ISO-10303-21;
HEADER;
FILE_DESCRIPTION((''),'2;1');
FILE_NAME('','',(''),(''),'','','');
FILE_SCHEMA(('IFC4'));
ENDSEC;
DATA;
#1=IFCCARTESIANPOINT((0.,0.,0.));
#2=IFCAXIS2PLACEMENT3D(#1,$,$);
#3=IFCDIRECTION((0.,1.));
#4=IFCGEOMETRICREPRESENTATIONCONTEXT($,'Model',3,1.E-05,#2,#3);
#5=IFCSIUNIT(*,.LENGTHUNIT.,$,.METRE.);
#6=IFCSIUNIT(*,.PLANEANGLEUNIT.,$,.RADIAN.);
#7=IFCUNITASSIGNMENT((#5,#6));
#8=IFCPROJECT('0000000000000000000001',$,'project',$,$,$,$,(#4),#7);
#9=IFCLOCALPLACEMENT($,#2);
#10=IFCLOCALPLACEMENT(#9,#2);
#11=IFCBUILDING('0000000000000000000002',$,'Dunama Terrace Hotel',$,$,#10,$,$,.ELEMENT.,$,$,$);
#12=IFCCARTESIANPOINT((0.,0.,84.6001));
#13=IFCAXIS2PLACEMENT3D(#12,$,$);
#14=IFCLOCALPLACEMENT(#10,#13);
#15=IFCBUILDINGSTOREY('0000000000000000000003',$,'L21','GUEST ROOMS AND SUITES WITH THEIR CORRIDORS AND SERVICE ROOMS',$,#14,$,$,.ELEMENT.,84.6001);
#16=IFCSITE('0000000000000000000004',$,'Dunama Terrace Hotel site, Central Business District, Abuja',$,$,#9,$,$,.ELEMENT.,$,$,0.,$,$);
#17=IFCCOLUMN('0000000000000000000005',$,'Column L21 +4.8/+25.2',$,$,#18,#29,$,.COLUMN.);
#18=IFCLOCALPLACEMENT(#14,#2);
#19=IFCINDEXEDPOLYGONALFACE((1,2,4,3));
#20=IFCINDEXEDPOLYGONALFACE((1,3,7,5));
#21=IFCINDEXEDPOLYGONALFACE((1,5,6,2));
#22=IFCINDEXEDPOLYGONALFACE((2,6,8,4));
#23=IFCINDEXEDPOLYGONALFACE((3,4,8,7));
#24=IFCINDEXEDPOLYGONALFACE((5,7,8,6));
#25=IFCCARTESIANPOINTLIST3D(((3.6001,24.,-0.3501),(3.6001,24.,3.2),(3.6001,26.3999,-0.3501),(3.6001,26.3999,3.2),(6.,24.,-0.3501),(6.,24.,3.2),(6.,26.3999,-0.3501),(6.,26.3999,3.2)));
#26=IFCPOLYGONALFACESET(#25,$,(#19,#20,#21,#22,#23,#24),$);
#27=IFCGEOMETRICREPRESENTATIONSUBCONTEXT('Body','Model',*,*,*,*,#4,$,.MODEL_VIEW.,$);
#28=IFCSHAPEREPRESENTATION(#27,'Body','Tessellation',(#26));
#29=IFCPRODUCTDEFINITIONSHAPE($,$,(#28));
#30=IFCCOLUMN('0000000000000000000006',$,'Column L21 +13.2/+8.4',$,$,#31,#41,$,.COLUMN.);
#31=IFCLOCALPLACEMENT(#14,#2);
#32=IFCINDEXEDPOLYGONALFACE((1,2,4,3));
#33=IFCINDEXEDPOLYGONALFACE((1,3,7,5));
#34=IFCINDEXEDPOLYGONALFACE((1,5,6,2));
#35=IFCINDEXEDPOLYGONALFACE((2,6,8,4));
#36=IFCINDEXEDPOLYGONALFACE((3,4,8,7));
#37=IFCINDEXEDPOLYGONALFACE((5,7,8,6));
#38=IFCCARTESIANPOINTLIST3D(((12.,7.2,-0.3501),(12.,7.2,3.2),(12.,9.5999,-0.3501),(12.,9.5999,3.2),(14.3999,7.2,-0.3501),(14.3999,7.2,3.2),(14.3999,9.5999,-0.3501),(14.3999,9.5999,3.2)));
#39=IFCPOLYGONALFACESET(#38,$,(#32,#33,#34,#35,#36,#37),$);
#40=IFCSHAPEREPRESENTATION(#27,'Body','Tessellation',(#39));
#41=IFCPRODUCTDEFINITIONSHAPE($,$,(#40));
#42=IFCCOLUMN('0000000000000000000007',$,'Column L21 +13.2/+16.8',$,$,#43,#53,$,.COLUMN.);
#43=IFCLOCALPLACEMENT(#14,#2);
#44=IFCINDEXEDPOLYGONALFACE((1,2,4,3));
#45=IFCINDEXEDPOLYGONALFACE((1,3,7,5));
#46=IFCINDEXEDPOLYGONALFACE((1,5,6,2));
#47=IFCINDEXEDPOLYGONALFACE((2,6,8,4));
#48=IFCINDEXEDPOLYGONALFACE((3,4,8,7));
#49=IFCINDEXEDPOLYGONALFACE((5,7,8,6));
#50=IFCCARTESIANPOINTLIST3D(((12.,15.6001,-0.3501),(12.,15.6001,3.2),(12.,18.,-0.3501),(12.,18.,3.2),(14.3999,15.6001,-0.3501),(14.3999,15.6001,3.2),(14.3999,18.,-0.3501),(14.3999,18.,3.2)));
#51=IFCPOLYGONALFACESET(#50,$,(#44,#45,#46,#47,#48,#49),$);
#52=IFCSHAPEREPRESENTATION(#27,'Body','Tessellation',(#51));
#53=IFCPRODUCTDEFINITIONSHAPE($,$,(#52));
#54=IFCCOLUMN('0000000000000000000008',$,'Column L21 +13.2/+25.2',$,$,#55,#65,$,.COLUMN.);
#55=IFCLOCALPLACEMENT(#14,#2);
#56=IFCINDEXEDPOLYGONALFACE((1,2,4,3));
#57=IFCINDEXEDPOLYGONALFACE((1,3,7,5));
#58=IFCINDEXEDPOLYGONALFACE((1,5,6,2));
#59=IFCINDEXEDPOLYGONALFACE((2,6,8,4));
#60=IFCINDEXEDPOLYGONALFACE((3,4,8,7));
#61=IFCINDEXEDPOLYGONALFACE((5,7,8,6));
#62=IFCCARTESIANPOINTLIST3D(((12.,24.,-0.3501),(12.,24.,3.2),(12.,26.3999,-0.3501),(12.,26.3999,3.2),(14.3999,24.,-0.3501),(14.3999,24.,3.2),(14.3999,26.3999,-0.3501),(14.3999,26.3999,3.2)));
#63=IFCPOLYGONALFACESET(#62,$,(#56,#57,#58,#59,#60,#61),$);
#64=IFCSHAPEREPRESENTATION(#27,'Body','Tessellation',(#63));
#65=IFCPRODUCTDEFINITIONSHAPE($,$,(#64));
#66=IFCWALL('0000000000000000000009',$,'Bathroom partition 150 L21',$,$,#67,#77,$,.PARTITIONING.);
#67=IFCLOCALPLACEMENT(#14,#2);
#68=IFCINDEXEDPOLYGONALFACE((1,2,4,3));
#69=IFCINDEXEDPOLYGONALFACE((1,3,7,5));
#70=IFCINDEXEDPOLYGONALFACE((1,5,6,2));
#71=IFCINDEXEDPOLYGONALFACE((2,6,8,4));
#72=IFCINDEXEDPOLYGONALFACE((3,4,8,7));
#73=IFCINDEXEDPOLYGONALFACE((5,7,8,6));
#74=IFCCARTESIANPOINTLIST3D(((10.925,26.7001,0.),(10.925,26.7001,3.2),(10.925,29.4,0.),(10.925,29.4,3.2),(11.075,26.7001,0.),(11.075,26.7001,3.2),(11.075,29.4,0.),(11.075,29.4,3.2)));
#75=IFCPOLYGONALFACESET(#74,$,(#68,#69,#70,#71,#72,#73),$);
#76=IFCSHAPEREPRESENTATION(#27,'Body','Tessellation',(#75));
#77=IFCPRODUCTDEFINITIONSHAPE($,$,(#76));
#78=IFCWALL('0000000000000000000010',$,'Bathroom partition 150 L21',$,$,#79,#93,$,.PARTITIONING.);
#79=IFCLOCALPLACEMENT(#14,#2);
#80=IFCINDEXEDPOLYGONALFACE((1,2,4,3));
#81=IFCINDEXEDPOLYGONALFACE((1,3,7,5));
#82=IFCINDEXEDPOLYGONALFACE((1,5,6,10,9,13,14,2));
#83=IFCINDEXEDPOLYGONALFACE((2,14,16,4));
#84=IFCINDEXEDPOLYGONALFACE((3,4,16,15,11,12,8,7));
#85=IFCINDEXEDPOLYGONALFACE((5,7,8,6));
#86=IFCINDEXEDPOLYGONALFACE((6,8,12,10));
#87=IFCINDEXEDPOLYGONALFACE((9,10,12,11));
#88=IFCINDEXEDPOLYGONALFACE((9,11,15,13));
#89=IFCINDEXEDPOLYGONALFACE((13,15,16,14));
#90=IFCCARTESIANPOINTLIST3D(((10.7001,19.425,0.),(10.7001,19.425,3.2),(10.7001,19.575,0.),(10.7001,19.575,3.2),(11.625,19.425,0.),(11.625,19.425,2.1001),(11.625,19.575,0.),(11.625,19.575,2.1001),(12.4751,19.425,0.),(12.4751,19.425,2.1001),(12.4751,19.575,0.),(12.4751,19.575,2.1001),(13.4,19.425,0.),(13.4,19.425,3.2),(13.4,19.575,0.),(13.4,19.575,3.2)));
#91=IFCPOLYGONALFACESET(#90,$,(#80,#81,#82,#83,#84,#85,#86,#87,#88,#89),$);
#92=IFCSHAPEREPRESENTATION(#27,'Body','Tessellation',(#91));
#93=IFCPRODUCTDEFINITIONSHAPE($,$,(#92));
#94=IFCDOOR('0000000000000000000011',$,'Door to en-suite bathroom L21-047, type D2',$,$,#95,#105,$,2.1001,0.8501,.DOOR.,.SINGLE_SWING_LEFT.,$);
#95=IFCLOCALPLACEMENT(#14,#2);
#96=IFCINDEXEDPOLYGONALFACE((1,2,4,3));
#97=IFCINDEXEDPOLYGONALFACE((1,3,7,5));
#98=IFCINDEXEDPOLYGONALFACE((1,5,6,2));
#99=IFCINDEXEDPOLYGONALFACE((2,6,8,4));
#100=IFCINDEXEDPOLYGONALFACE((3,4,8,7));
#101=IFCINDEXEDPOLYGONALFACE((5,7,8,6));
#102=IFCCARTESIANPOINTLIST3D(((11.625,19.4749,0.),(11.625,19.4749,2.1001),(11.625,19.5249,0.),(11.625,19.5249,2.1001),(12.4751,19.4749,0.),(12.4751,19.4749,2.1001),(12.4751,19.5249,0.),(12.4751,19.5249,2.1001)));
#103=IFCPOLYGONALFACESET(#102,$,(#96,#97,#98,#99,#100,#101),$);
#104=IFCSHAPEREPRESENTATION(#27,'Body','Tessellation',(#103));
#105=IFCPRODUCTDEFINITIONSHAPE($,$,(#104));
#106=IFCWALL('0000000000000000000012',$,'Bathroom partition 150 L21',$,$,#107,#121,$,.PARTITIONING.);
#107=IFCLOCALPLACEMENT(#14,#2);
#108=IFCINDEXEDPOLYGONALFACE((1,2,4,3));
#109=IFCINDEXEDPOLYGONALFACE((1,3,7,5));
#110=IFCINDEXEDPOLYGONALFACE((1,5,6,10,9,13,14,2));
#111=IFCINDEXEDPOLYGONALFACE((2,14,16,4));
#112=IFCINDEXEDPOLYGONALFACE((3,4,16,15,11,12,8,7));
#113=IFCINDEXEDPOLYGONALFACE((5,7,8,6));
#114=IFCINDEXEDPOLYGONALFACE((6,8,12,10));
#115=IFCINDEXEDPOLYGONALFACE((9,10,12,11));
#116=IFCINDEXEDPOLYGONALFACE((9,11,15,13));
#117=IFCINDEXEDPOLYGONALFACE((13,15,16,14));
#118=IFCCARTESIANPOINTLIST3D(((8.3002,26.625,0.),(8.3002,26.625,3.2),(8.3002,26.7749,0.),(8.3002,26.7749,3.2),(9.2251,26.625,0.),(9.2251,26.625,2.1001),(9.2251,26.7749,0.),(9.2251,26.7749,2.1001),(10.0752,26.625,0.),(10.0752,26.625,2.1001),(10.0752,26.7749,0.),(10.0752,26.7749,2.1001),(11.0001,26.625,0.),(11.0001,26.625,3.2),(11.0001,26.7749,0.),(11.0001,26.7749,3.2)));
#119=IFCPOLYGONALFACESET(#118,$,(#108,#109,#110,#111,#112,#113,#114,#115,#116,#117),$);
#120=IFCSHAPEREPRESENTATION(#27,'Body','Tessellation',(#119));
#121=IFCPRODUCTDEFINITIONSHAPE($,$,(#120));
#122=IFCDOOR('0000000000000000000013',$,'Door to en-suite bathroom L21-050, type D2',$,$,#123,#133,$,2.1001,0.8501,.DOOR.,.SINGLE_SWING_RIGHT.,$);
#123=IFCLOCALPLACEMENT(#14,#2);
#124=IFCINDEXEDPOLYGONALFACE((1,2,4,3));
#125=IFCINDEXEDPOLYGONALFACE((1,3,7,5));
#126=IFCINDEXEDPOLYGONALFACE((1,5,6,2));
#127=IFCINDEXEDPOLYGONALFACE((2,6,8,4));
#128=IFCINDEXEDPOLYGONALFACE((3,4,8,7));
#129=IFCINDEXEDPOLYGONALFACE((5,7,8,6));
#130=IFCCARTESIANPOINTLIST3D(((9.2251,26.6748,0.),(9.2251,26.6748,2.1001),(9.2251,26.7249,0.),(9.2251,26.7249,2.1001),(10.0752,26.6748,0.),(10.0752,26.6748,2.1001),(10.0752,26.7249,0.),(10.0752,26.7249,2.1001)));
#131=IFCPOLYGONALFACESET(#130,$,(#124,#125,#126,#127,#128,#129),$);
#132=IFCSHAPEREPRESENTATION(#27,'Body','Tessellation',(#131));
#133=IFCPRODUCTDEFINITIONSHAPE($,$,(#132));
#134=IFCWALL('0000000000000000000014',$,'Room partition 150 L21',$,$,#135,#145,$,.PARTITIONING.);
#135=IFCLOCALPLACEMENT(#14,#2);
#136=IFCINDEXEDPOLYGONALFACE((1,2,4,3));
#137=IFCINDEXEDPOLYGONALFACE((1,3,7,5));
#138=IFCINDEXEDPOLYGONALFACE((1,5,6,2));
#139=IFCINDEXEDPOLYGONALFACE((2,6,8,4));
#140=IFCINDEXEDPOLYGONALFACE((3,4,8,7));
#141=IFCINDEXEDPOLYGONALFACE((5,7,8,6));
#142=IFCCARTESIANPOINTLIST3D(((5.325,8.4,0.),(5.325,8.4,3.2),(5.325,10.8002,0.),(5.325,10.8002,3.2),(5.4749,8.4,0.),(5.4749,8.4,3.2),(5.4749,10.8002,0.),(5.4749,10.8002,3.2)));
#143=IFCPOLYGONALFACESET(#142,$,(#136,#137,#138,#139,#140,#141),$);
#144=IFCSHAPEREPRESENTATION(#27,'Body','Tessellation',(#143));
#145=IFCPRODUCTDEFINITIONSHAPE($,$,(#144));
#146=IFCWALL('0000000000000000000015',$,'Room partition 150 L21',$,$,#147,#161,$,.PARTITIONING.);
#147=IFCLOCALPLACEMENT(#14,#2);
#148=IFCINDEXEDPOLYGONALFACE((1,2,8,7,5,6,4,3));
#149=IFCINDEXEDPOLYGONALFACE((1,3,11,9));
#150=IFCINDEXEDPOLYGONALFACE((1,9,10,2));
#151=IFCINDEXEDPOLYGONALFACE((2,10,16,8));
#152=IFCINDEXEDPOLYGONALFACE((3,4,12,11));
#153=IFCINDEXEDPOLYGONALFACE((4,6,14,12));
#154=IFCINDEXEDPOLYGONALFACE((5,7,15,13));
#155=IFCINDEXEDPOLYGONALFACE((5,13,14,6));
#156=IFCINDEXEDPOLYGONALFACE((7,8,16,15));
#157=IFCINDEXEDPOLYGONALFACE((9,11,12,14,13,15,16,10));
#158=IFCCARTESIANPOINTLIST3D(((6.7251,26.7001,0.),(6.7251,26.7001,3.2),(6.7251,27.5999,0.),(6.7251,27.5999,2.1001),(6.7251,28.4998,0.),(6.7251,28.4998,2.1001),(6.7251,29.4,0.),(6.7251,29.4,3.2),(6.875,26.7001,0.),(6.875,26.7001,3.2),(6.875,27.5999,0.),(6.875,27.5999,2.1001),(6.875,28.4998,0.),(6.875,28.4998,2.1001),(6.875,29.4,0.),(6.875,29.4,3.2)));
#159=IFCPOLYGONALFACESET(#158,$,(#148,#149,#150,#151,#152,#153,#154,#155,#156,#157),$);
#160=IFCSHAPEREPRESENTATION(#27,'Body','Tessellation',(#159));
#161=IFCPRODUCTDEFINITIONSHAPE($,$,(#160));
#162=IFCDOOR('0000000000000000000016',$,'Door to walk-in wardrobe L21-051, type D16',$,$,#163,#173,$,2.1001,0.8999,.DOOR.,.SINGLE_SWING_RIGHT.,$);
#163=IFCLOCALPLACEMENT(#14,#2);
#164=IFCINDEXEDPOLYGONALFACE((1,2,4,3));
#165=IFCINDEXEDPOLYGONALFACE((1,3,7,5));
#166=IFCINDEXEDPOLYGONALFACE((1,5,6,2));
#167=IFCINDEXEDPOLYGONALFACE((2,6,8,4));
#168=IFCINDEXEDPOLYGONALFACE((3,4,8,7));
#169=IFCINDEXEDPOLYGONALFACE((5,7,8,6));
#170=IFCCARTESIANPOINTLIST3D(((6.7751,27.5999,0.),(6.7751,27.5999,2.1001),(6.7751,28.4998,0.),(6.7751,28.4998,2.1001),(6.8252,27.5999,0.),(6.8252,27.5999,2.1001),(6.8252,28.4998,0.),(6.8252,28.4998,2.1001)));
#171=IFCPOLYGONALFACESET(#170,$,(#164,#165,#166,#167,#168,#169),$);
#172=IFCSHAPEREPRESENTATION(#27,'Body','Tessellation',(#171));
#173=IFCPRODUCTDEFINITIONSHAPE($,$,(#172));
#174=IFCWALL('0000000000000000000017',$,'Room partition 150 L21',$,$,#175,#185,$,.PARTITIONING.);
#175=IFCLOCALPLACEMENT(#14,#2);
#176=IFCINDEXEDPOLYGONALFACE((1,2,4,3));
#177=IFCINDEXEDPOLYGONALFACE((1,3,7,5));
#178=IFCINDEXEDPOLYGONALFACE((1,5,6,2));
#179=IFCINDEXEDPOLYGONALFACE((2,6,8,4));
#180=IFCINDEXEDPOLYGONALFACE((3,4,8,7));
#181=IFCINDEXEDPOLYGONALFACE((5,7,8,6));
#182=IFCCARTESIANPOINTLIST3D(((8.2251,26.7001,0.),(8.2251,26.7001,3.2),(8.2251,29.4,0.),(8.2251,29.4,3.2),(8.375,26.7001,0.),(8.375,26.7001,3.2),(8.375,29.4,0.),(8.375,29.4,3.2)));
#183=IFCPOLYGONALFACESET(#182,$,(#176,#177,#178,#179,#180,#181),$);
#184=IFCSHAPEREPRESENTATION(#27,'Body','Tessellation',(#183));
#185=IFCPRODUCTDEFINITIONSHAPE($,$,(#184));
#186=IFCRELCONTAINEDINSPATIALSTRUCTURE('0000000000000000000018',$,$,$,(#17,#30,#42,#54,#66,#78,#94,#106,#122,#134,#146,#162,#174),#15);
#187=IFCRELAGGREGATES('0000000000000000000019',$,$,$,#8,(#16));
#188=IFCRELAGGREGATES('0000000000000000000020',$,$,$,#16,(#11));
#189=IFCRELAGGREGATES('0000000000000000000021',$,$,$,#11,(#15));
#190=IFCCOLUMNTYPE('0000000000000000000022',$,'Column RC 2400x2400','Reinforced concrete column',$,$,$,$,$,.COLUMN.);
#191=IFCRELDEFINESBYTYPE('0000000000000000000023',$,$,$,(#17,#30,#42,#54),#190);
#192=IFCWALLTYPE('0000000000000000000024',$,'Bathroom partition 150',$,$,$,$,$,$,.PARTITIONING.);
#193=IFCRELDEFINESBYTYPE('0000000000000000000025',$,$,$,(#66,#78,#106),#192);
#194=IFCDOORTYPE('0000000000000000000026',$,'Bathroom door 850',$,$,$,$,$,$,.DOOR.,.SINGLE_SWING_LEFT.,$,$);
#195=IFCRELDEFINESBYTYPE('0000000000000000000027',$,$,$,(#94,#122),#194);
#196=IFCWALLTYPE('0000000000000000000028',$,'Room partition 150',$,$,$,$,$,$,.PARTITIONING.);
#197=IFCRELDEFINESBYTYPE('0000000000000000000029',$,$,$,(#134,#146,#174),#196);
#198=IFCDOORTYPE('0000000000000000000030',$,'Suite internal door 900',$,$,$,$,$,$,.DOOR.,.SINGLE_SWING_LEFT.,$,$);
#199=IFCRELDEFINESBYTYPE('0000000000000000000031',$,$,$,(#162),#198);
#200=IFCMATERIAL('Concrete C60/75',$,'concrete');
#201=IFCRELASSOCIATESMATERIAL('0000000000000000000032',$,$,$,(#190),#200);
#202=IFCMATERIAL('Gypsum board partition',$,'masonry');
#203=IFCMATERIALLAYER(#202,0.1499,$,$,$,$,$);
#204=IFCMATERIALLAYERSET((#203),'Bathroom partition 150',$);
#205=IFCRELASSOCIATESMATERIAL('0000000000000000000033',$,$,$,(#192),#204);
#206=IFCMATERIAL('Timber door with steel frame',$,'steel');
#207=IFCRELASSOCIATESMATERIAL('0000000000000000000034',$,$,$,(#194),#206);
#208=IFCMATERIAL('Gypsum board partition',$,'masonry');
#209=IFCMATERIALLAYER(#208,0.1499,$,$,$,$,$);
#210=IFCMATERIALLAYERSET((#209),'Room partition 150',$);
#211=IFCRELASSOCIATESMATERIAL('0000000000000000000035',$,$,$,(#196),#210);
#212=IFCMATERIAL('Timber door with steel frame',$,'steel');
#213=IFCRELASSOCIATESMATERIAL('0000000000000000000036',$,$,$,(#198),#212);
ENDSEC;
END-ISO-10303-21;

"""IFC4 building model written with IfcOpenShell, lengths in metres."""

from ifc_helpers import new_model, si_unit, direction, frame, frame_2d, origin, origin_2d, place, context, subcontext, project, spatial, rectangle, extrude, material, layer, layer_set, material_profile, profile_set, type_object, element, fill, save


model = new_model("IFC4")

# Units and contexts
model_context = context("Model", 3, precision=1e-05, world=origin(), true_north=direction((0.0, 1.0)))
body_context = subcontext(model_context, "Body", "Model", "MODEL_VIEW")
ifc_project = project(units=[si_unit("LENGTHUNIT", "METRE"), si_unit("PLANEANGLEUNIT", "RADIAN")], contexts=[model_context])

# Site, building, storey
site_placement = place(None, origin())
site = spatial("IfcSite", under=ifc_project, at=site_placement, Name="Dunama Terrace Hotel site, Central Business District, Abuja", CompositionType="ELEMENT", RefElevation=0.0)
building_placement = place(site_placement, origin())
building = spatial("IfcBuilding", under=site, at=building_placement, Name="Dunama Terrace Hotel", CompositionType="ELEMENT")
storey_placement = place(building_placement, frame((0.0, 0.0, 84.6001)))
storey = spatial("IfcBuildingStorey", under=building, at=storey_placement, Name="L21", Description="GUEST ROOMS AND SUITES WITH THEIR CORRIDORS AND SERVICE ROOMS", CompositionType="ELEMENT", Elevation=84.6001)

# Columns
ifc_material_1 = material(Name="Concrete C60/75", Category="concrete")
ifc_material_profile = material_profile(ifc_material_1, rectangle(XDim=2.3999, YDim=2.3999, at=origin_2d()), Name="RC 2400x2400")
ifc_profile_set = profile_set([ifc_material_profile], Name="Concrete C60/75")
column_type = type_object("IfcColumnType", Name="Column RC 2400x2400", Description="Reinforced concrete column", PredefinedType="COLUMN", material=ifc_profile_set)
for number, where, z_axis, x_axis, name in (
    (1, (4.8, 25.2, -0.3501), (0.0, 0.0, 1.0), (1.0, 0.0, 0.0), "Column L21 +4.8/+25.2"),
    (2, (13.2, 8.3999, -0.3501), (0.0, 0.0, 1.0), (1.0, 0.0, 0.0), "Column L21 +13.2/+8.4"),
    (3, (13.2, 16.8, -0.3501), (0.0, 0.0, 1.0), (1.0, 0.0, 0.0), "Column L21 +13.2/+16.8"),
    (4, (13.2, 25.2, -0.3501), (0.0, 0.0, 1.0), (1.0, 0.0, 0.0), "Column L21 +13.2/+25.2"),
):
    element("IfcColumn", number, at=place(storey_placement, frame(where, z_axis=z_axis, x_axis=x_axis)), inside=storey, type_object=column_type, Name=name, PredefinedType="COLUMN", context=body_context, shape_type="SweptSolid", body=[
        extrude(rectangle(XDim=2.3999, YDim=2.3999, at=origin_2d()), origin(), (0.0, 0.0, 1.0), 3.55),
    ])

# Wall
ifc_material_2 = material(Name="Gypsum board partition", Category="masonry")
ifc_layer_1 = layer(ifc_material_2, 0.1499)
ifc_layer_set_1 = layer_set([ifc_layer_1], Name="Bathroom partition 150")
wall_type_1 = type_object("IfcWallType", Name="Bathroom partition 150", PredefinedType="PARTITIONING", material=ifc_layer_set_1)
wall_1_placement = place(storey_placement, frame((11.0, 26.7, 0.0), z_axis=(0.0, 0.0, 1.0), x_axis=(0.0, 1.0, 0.0)))
element("IfcWall", 5, at=wall_1_placement, inside=storey, type_object=wall_type_1, Name="Bathroom partition 150 L21", PredefinedType="PARTITIONING", context=body_context, shape_type="SweptSolid", body=[
    extrude(rectangle(XDim=2.7, YDim=0.1499, at=frame_2d((1.3501, 0.0))), origin(), (0.0, 0.0, 1.0), 3.2),
])

# Walls, openings, doors
wall_2_placement = place(storey_placement, frame((10.7, 19.5, 0.0), z_axis=(0.0, 0.0, 1.0), x_axis=(1.0, 0.0, 0.0)))
wall_2 = element("IfcWall", 6, at=wall_2_placement, inside=storey, type_object=wall_type_1, Name="Bathroom partition 150 L21", PredefinedType="PARTITIONING", context=body_context, shape_type="SweptSolid", body=[
    extrude(rectangle(XDim=2.7, YDim=0.1499, at=frame_2d((1.3501, 0.0))), origin(), (0.0, 0.0, 1.0), 3.2),
])
opening_1_placement = place(wall_2_placement, frame((0.925, 0.0, 0.0)))
opening_1 = element("IfcOpeningElement", 7, at=opening_1_placement, cuts=wall_2, PredefinedType="OPENING", context=body_context, shape_type="SweptSolid", body=[
    extrude(rectangle(XDim=0.8501, YDim=2.1001, at=frame_2d((0.425, 1.05))), frame((0.0, 0.085, 0.0), z_axis=(0.0, -1.0, 0.0), x_axis=(1.0, 0.0, 0.0)), (0.0, 0.0, 1.0), 0.1699),
])
ifc_material_3 = material(Name="Timber door with steel frame", Category="steel")
door_type_1 = type_object("IfcDoorType", Name="Bathroom door 850", OperationType="SINGLE_SWING_LEFT", PredefinedType="DOOR", material=ifc_material_3)
door_1_placement = place(opening_1_placement, frame((0.8501, 0.0, 0.0), z_axis=(0.0, 0.0, 1.0), x_axis=(-1.0, 0.0, 0.0)))
door_1 = element("IfcDoor", 8, at=door_1_placement, inside=storey, type_object=door_type_1, Name="Door to en-suite bathroom L21-047, type D2", OperationType="SINGLE_SWING_LEFT", OverallHeight=2.1001, OverallWidth=0.8501, PredefinedType="DOOR", context=body_context, shape_type="SweptSolid", body=[
    extrude(rectangle(XDim=0.8501, YDim=2.1001, at=frame_2d((0.425, 1.05))), frame((0.0, 0.0251, 0.0), z_axis=(0.0, -1.0, 0.0), x_axis=(1.0, 0.0, 0.0)), (0.0, 0.0, 1.0), 0.05),
])
fill(opening_1, door_1)
wall_3_placement = place(storey_placement, frame((8.3, 26.7, 0.0), z_axis=(0.0, 0.0, 1.0), x_axis=(1.0, 0.0, 0.0)))
wall_3 = element("IfcWall", 9, at=wall_3_placement, inside=storey, type_object=wall_type_1, Name="Bathroom partition 150 L21", PredefinedType="PARTITIONING", context=body_context, shape_type="SweptSolid", body=[
    extrude(rectangle(XDim=2.7, YDim=0.1499, at=frame_2d((1.3501, 0.0))), origin(), (0.0, 0.0, 1.0), 3.2),
])
opening_2_placement = place(wall_3_placement, frame((0.925, 0.0, 0.0)))
opening_2 = element("IfcOpeningElement", 10, at=opening_2_placement, cuts=wall_3, PredefinedType="OPENING", context=body_context, shape_type="SweptSolid", body=[
    extrude(rectangle(XDim=0.8501, YDim=2.1001, at=frame_2d((0.425, 1.05))), frame((0.0, 0.085, 0.0), z_axis=(0.0, -1.0, 0.0), x_axis=(1.0, 0.0, 0.0)), (0.0, 0.0, 1.0), 0.1699),
])
door_2_placement = place(opening_2_placement, origin())
door_2 = element("IfcDoor", 11, at=door_2_placement, inside=storey, type_object=door_type_1, Name="Door to en-suite bathroom L21-050, type D2", OperationType="SINGLE_SWING_RIGHT", OverallHeight=2.1001, OverallWidth=0.8501, PredefinedType="DOOR", context=body_context, shape_type="SweptSolid", body=[
    extrude(rectangle(XDim=0.8501, YDim=2.1001, at=frame_2d((0.425, 1.05))), frame((0.0, 0.0249, 0.0), z_axis=(0.0, -1.0, 0.0), x_axis=(1.0, 0.0, 0.0)), (0.0, 0.0, 1.0), 0.05),
])
fill(opening_2, door_2)

# Wall
ifc_material_4 = material(Name="Gypsum board partition", Category="masonry")
ifc_layer_2 = layer(ifc_material_4, 0.1499)
ifc_layer_set_2 = layer_set([ifc_layer_2], Name="Room partition 150")
wall_type_2 = type_object("IfcWallType", Name="Room partition 150", PredefinedType="PARTITIONING", material=ifc_layer_set_2)
wall_4_placement = place(storey_placement, frame((5.3999, 8.3999, 0.0), z_axis=(0.0, 0.0, 1.0), x_axis=(0.0, 1.0, 0.0)))
element("IfcWall", 12, at=wall_4_placement, inside=storey, type_object=wall_type_2, Name="Room partition 150 L21", PredefinedType="PARTITIONING", context=body_context, shape_type="SweptSolid", body=[
    extrude(rectangle(XDim=2.4001, YDim=0.1499, at=frame_2d((1.2002, 0.0))), origin(), (0.0, 0.0, 1.0), 3.2),
])

# Wall, opening, door
wall_5_placement = place(storey_placement, frame((6.8, 26.7, 0.0), z_axis=(0.0, 0.0, 1.0), x_axis=(0.0, 1.0, 0.0)))
wall_5 = element("IfcWall", 13, at=wall_5_placement, inside=storey, type_object=wall_type_2, Name="Room partition 150 L21", PredefinedType="PARTITIONING", context=body_context, shape_type="SweptSolid", body=[
    extrude(rectangle(XDim=2.7, YDim=0.1499, at=frame_2d((1.3501, 0.0))), origin(), (0.0, 0.0, 1.0), 3.2),
])
opening_3_placement = place(wall_5_placement, frame((0.8999, 0.0, 0.0)))
opening_3 = element("IfcOpeningElement", 14, at=opening_3_placement, cuts=wall_5, PredefinedType="OPENING", context=body_context, shape_type="SweptSolid", body=[
    extrude(rectangle(XDim=0.8999, YDim=2.1001, at=frame_2d((0.45, 1.05))), frame((0.0, 0.085, 0.0), z_axis=(0.0, -1.0, 0.0), x_axis=(1.0, 0.0, 0.0)), (0.0, 0.0, 1.0), 0.1699),
])
ifc_material_5 = material(Name="Timber door with steel frame", Category="steel")
door_type_2 = type_object("IfcDoorType", Name="Suite internal door 900", OperationType="SINGLE_SWING_LEFT", PredefinedType="DOOR", material=ifc_material_5)
door_3_placement = place(opening_3_placement, frame((0.8999, 0.0, 0.0), z_axis=(0.0, 0.0, 1.0), x_axis=(-1.0, 0.0, 0.0)))
door_3 = element("IfcDoor", 15, at=door_3_placement, inside=storey, type_object=door_type_2, Name="Door to walk-in wardrobe L21-051, type D16", OperationType="SINGLE_SWING_RIGHT", OverallHeight=2.1001, OverallWidth=0.8999, PredefinedType="DOOR", context=body_context, shape_type="SweptSolid", body=[
    extrude(rectangle(XDim=0.8999, YDim=2.1001, at=frame_2d((0.45, 1.05))), frame((0.0, 0.0251, 0.0), z_axis=(0.0, -1.0, 0.0), x_axis=(1.0, 0.0, 0.0)), (0.0, 0.0, 1.0), 0.05),
])
fill(opening_3, door_3)

# Wall
wall_6_placement = place(storey_placement, frame((8.3, 26.7, 0.0), z_axis=(0.0, 0.0, 1.0), x_axis=(0.0, 1.0, 0.0)))
element("IfcWall", 16, at=wall_6_placement, inside=storey, type_object=wall_type_2, Name="Room partition 150 L21", PredefinedType="PARTITIONING", context=body_context, shape_type="SweptSolid", body=[
    extrude(rectangle(XDim=2.7, YDim=0.1499, at=frame_2d((1.3501, 0.0))), origin(), (0.0, 0.0, 1.0), 3.2),
])

save(model, "model.ifc")
